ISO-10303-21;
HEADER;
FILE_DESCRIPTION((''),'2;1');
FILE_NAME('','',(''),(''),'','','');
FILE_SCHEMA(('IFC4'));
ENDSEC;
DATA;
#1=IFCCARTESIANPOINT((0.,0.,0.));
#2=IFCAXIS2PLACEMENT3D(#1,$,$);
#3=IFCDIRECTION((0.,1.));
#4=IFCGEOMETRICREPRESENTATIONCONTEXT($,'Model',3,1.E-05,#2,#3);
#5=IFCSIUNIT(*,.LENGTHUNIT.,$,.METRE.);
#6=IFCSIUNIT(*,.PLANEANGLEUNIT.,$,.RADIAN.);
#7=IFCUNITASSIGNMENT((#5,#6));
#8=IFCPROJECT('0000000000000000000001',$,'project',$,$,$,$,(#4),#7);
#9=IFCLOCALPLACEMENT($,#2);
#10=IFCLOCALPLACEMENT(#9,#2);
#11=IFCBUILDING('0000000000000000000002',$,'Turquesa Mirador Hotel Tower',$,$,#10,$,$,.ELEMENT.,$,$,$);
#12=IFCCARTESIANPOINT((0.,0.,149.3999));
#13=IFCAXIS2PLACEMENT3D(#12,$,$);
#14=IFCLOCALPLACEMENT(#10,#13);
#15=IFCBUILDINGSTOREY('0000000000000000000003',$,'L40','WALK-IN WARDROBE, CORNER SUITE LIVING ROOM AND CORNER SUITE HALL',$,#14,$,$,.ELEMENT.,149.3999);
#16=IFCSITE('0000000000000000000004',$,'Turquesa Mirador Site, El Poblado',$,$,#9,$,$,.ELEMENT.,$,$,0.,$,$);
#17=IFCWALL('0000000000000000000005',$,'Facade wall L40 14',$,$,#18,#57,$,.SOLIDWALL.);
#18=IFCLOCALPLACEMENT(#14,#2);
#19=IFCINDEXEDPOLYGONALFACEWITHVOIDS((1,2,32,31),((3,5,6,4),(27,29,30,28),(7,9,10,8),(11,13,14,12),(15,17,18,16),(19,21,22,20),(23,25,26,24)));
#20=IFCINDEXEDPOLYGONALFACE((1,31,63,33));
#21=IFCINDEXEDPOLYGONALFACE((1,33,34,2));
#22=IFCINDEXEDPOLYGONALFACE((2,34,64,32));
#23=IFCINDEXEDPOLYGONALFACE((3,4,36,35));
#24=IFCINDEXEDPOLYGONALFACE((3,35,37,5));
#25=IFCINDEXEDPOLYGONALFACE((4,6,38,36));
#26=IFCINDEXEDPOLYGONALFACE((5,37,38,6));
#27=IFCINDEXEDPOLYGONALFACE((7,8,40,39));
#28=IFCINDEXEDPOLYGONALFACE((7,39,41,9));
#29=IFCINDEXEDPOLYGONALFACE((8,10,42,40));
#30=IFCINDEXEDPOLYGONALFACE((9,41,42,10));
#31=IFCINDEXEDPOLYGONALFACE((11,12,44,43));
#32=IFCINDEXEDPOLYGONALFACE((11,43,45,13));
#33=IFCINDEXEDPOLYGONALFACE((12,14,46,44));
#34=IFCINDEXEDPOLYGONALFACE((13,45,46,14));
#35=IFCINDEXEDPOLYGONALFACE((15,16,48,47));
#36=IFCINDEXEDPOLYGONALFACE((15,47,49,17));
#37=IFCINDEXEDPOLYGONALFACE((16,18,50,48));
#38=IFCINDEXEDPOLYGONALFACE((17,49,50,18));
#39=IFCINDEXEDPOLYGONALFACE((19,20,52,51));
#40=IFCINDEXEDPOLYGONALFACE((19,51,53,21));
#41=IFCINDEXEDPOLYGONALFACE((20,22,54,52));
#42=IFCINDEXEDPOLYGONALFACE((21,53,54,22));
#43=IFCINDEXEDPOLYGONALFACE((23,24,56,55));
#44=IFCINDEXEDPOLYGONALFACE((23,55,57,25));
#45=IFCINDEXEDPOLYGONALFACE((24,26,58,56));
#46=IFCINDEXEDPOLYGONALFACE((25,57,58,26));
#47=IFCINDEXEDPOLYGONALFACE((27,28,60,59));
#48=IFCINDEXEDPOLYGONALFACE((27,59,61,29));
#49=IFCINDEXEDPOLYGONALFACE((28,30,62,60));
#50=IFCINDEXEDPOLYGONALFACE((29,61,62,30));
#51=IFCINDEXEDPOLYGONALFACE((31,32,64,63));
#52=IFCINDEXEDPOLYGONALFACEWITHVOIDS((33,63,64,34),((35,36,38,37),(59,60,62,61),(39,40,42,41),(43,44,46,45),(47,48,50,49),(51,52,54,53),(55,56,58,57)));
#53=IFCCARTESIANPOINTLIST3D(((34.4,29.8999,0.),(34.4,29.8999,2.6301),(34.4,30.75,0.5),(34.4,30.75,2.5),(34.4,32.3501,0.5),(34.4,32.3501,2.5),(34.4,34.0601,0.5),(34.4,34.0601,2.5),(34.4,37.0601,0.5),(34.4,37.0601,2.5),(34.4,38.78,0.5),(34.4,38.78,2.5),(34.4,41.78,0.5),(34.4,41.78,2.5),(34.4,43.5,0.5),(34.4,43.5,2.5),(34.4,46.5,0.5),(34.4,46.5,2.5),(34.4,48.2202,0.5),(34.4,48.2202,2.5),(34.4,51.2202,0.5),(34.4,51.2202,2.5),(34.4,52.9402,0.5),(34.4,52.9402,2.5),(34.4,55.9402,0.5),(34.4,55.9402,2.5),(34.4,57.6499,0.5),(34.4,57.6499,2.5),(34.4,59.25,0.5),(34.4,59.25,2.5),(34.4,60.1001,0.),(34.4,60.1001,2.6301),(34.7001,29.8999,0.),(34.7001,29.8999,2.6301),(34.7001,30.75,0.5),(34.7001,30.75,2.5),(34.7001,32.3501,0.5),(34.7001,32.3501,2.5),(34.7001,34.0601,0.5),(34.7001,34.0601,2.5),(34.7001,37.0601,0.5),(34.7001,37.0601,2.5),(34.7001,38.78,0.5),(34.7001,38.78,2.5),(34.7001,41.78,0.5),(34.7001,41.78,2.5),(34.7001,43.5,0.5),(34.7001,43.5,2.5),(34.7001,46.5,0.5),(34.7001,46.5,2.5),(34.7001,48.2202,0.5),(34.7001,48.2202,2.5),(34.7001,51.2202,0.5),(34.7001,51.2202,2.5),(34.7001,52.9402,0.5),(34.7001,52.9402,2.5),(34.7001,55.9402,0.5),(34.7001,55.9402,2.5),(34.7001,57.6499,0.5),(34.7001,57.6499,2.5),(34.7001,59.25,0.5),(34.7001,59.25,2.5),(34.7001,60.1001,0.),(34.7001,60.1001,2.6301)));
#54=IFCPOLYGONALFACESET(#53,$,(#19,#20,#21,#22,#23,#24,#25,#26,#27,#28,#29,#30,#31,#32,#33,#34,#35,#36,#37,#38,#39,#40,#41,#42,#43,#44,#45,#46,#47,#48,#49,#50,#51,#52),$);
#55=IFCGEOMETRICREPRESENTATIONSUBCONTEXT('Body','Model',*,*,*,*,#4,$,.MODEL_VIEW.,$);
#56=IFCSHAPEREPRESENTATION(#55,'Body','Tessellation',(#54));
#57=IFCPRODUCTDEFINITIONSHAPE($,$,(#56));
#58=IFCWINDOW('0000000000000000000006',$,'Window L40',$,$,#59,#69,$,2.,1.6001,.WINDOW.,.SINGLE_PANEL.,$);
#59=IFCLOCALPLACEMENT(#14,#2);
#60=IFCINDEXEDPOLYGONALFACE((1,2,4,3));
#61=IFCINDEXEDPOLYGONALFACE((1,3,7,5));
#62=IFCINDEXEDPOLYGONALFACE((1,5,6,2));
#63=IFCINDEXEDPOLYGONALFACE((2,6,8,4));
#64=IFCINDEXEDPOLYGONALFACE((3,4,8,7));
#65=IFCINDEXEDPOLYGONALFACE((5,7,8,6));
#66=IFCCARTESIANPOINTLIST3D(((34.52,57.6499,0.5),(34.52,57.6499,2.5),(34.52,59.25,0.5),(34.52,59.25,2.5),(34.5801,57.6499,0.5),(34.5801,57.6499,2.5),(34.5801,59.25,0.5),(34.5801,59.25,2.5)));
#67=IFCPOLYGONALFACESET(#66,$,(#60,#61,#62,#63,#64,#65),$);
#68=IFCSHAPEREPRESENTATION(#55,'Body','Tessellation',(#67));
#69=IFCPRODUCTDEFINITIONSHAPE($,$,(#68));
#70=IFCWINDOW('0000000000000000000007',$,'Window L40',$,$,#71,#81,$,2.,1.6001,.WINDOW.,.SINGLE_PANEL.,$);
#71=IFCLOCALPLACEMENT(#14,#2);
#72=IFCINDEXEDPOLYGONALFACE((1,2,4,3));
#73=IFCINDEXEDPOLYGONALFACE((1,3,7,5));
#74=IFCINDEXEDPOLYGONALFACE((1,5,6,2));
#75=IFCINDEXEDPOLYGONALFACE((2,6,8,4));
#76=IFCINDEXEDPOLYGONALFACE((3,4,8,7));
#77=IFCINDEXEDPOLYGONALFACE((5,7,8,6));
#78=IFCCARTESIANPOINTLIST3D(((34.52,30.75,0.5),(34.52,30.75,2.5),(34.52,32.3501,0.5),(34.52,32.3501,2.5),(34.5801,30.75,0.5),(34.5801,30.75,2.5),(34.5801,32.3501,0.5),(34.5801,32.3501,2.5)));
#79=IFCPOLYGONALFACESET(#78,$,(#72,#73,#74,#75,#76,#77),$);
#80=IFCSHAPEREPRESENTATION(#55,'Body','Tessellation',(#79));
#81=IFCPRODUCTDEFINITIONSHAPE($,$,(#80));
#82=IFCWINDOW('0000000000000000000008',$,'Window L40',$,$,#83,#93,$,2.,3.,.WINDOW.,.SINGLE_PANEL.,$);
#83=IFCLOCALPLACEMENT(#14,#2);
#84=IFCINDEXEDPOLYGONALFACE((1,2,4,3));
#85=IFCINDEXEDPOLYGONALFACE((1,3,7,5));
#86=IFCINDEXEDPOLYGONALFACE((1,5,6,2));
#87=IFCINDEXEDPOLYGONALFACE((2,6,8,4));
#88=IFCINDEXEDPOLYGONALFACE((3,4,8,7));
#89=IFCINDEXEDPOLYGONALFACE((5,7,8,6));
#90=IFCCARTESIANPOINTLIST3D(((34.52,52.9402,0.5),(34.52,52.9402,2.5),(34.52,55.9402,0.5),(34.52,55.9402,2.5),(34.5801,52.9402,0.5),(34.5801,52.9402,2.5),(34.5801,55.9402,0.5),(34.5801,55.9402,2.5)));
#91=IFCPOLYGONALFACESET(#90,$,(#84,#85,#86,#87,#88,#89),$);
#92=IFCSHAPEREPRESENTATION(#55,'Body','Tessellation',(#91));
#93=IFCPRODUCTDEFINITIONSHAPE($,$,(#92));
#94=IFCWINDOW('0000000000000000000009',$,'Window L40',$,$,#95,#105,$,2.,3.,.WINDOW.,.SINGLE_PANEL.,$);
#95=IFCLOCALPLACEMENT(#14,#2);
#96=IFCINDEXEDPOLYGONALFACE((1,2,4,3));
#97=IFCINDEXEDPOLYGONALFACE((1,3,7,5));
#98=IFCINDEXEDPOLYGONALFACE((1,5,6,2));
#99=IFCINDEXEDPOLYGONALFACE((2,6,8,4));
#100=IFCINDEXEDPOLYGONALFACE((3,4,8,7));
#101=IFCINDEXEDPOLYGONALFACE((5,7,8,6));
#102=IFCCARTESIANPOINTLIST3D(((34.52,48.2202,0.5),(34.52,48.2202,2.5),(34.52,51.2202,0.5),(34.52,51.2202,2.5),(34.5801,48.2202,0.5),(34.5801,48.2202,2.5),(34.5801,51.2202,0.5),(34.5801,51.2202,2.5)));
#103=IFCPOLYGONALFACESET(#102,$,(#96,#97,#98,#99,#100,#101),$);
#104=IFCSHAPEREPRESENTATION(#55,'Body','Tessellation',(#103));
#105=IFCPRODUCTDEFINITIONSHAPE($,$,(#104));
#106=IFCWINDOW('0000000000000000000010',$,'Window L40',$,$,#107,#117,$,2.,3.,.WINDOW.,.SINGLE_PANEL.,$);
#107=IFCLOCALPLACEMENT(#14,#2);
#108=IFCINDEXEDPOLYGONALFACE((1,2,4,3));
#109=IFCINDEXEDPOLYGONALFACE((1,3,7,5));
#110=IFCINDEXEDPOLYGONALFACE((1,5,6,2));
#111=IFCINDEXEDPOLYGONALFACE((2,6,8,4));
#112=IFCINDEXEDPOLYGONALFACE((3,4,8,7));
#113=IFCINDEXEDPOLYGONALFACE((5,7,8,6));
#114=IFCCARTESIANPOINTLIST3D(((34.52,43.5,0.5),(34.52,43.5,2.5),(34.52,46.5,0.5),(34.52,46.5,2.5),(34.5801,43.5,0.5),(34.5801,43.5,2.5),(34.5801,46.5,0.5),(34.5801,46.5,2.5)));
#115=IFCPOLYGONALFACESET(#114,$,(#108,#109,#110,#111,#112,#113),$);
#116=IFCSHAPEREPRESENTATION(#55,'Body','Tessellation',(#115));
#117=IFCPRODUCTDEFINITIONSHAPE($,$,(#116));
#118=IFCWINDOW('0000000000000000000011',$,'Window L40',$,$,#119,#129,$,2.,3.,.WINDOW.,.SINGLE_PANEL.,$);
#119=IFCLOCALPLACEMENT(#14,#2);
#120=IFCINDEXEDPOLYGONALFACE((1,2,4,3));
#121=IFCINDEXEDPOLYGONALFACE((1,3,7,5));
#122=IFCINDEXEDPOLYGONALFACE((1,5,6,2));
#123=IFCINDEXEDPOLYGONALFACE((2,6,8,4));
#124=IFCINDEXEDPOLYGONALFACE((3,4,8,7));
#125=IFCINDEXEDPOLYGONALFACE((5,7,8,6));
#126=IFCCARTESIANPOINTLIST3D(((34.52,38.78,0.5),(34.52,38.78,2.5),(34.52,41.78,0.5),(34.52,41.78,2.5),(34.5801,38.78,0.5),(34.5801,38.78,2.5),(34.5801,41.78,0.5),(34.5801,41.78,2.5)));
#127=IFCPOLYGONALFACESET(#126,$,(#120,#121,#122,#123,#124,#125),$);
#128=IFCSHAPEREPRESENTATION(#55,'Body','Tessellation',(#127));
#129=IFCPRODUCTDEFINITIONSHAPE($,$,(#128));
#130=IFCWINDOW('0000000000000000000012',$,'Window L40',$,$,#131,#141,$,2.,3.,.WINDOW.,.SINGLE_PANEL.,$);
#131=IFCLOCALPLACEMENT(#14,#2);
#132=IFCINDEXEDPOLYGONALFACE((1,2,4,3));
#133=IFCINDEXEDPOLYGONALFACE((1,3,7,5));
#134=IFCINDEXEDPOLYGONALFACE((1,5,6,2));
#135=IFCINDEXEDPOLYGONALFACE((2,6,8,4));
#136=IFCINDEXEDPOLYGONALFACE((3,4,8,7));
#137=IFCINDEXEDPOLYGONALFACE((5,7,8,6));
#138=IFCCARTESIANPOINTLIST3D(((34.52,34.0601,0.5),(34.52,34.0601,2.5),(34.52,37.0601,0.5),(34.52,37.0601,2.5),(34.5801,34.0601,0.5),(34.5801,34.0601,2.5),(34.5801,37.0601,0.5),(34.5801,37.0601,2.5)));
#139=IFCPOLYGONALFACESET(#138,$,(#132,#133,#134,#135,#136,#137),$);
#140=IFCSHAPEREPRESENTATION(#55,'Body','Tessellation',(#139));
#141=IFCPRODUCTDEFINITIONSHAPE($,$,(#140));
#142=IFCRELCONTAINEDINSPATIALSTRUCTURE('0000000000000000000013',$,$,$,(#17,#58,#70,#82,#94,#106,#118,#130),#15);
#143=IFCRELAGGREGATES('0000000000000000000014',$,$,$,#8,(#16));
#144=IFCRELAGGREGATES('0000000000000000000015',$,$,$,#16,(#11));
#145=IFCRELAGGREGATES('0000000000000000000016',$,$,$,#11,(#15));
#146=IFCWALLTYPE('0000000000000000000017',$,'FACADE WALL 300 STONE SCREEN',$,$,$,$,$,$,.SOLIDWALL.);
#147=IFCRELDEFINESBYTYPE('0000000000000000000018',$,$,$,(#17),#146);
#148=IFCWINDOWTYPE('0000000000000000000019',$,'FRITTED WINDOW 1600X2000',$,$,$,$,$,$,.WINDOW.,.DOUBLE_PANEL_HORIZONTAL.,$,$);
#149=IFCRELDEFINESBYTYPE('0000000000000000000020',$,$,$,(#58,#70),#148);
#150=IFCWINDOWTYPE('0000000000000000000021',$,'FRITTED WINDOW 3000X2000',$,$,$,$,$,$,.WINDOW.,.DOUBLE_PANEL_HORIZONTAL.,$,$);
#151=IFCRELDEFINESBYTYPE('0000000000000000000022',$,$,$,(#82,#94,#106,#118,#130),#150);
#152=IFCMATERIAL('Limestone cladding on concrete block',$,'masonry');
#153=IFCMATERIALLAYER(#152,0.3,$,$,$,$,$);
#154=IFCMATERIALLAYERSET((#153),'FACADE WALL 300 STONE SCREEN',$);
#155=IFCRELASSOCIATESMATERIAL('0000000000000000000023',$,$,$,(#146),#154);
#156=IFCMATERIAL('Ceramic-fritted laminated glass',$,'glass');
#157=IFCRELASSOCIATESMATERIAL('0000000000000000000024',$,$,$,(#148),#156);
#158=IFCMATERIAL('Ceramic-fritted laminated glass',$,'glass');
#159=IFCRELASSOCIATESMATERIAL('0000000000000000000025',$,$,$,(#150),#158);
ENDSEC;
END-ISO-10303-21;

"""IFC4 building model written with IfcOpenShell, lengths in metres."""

from ifc_helpers import new_model, si_unit, direction, frame, frame_2d, origin, place, context, subcontext, project, spatial, rectangle, extrude, material, layer, layer_set, type_object, element, fill, save


model = new_model("IFC4")

# Units and contexts
model_context = context("Model", 3, precision=1e-05, world=origin(), true_north=direction((0.0, 1.0)))
body_context = subcontext(model_context, "Body", "Model", "MODEL_VIEW")
ifc_project = project(units=[si_unit("LENGTHUNIT", "METRE"), si_unit("PLANEANGLEUNIT", "RADIAN")], contexts=[model_context])

# Site, building, storey
site_placement = place(None, origin())
site = spatial("IfcSite", under=ifc_project, at=site_placement, Name="Turquesa Mirador Site, El Poblado", CompositionType="ELEMENT", RefElevation=0.0)
building_placement = place(site_placement, origin())
building = spatial("IfcBuilding", under=site, at=building_placement, Name="Turquesa Mirador Hotel Tower", CompositionType="ELEMENT")
storey_placement = place(building_placement, frame((0.0, 0.0, 149.3999)))
storey = spatial("IfcBuildingStorey", under=building, at=storey_placement, Name="L40", Description="WALK-IN WARDROBE, CORNER SUITE LIVING ROOM AND CORNER SUITE HALL", CompositionType="ELEMENT", Elevation=149.3999)

# Shared definitions
ifc_material_1 = material(Name="Limestone cladding on concrete block", Category="masonry")
ifc_layer_1 = layer(ifc_material_1, 0.3)
ifc_layer_set_1 = layer_set([ifc_layer_1], Name="FACADE WALL 300 STONE SCREEN")
wall_type_1 = type_object("IfcWallType", Name="FACADE WALL 300 STONE SCREEN", PredefinedType="SOLIDWALL", material=ifc_layer_set_1)

# Wall, openings, windows
wall_1_placement = place(storey_placement, frame((34.55, 60.1001, 0.0), z_axis=(0.0, 0.0, 1.0), x_axis=(0.0, -1.0, 0.0)))
wall_1 = element("IfcWall", 1, at=wall_1_placement, inside=storey, type_object=wall_type_1, Name="Facade wall L40 14", PredefinedType="SOLIDWALL", context=body_context, shape_type="SweptSolid", body=[
    extrude(rectangle(XDim=30.2002, YDim=0.3, at=frame_2d((15.1001, 0.0))), origin(), (0.0, 0.0, 1.0), 2.6301),
])
opening_1_placement = place(wall_1_placement, frame((0.8501, 0.0, 0.5)))
opening_1 = element("IfcOpeningElement", 2, at=opening_1_placement, cuts=wall_1, PredefinedType="OPENING", context=body_context, shape_type="SweptSolid", body=[
    extrude(rectangle(XDim=1.6001, YDim=2.0, at=frame_2d((0.8, 1.0))), frame((0.0, 0.1599, 0.0), z_axis=(0.0, -1.0, 0.0), x_axis=(1.0, 0.0, 0.0)), (0.0, 0.0, 1.0), 0.3201),
])
opening_2_placement = place(wall_1_placement, frame((4.1599, 0.0, 0.5)))
opening_2 = element("IfcOpeningElement", 3, at=opening_2_placement, cuts=wall_1, PredefinedType="OPENING", context=body_context, shape_type="SweptSolid", body=[
    extrude(rectangle(XDim=3.0, YDim=2.0, at=frame_2d((1.5, 1.0))), frame((0.0, 0.1599, 0.0), z_axis=(0.0, -1.0, 0.0), x_axis=(1.0, 0.0, 0.0)), (0.0, 0.0, 1.0), 0.3201),
])
opening_3_placement = place(wall_1_placement, frame((8.8799, 0.0, 0.5)))
opening_3 = element("IfcOpeningElement", 4, at=opening_3_placement, cuts=wall_1, PredefinedType="OPENING", context=body_context, shape_type="SweptSolid", body=[
    extrude(rectangle(XDim=3.0, YDim=2.0, at=frame_2d((1.5, 1.0))), frame((0.0, 0.1599, 0.0), z_axis=(0.0, -1.0, 0.0), x_axis=(1.0, 0.0, 0.0)), (0.0, 0.0, 1.0), 0.3201),
])
opening_4_placement = place(wall_1_placement, frame((13.6001, 0.0, 0.5)))
opening_4 = element("IfcOpeningElement", 5, at=opening_4_placement, cuts=wall_1, PredefinedType="OPENING", context=body_context, shape_type="SweptSolid", body=[
    extrude(rectangle(XDim=3.0, YDim=2.0, at=frame_2d((1.5, 1.0))), frame((0.0, 0.1599, 0.0), z_axis=(0.0, -1.0, 0.0), x_axis=(1.0, 0.0, 0.0)), (0.0, 0.0, 1.0), 0.3201),
])
opening_5_placement = place(wall_1_placement, frame((18.3201, 0.0, 0.5)))
opening_5 = element("IfcOpeningElement", 6, at=opening_5_placement, cuts=wall_1, PredefinedType="OPENING", context=body_context, shape_type="SweptSolid", body=[
    extrude(rectangle(XDim=3.0, YDim=2.0, at=frame_2d((1.5, 1.0))), frame((0.0, 0.1599, 0.0), z_axis=(0.0, -1.0, 0.0), x_axis=(1.0, 0.0, 0.0)), (0.0, 0.0, 1.0), 0.3201),
])
opening_6_placement = place(wall_1_placement, frame((23.04, 0.0, 0.5)))
opening_6 = element("IfcOpeningElement", 7, at=opening_6_placement, cuts=wall_1, PredefinedType="OPENING", context=body_context, shape_type="SweptSolid", body=[
    extrude(rectangle(XDim=3.0, YDim=2.0, at=frame_2d((1.5, 1.0))), frame((0.0, 0.1599, 0.0), z_axis=(0.0, -1.0, 0.0), x_axis=(1.0, 0.0, 0.0)), (0.0, 0.0, 1.0), 0.3201),
])
opening_7_placement = place(wall_1_placement, frame((27.75, 0.0, 0.5)))
opening_7 = element("IfcOpeningElement", 8, at=opening_7_placement, cuts=wall_1, PredefinedType="OPENING", context=body_context, shape_type="SweptSolid", body=[
    extrude(rectangle(XDim=1.6001, YDim=2.0, at=frame_2d((0.8, 1.0))), frame((0.0, 0.1599, 0.0), z_axis=(0.0, -1.0, 0.0), x_axis=(1.0, 0.0, 0.0)), (0.0, 0.0, 1.0), 0.3201),
])
ifc_material_2 = material(Name="Ceramic-fritted laminated glass", Category="glass")
window_type_1 = type_object("IfcWindowType", Name="FRITTED WINDOW 1600X2000", PartitioningType="DOUBLE_PANEL_HORIZONTAL", PredefinedType="WINDOW", material=ifc_material_2)
window_1_placement = place(opening_1_placement, origin())
window_1 = element("IfcWindow", 9, at=window_1_placement, inside=storey, type_object=window_type_1, Name="Window L40", OverallHeight=2.0, OverallWidth=1.6001, PartitioningType="SINGLE_PANEL", PredefinedType="WINDOW", context=body_context, shape_type="SweptSolid", body=[
    extrude(rectangle(XDim=1.6001, YDim=2.0, at=frame_2d((0.8, 1.0))), frame((0.0, 0.03, 0.0), z_axis=(0.0, -1.0, 0.0), x_axis=(1.0, 0.0, 0.0)), (0.0, 0.0, 1.0), 0.0601),
])
fill(opening_1, window_1)
window_2_placement = place(opening_7_placement, origin())
window_2 = element("IfcWindow", 10, at=window_2_placement, inside=storey, type_object=window_type_1, Name="Window L40", OverallHeight=2.0, OverallWidth=1.6001, PartitioningType="SINGLE_PANEL", PredefinedType="WINDOW", context=body_context, shape_type="SweptSolid", body=[
    extrude(rectangle(XDim=1.6001, YDim=2.0, at=frame_2d((0.8, 1.0))), frame((0.0, 0.03, 0.0), z_axis=(0.0, -1.0, 0.0), x_axis=(1.0, 0.0, 0.0)), (0.0, 0.0, 1.0), 0.0601),
])
fill(opening_7, window_2)
ifc_material_3 = material(Name="Ceramic-fritted laminated glass", Category="glass")
window_type_2 = type_object("IfcWindowType", Name="FRITTED WINDOW 3000X2000", PartitioningType="DOUBLE_PANEL_HORIZONTAL", PredefinedType="WINDOW", material=ifc_material_3)
window_3_placement = place(opening_2_placement, origin())
window_3 = element("IfcWindow", 11, at=window_3_placement, inside=storey, type_object=window_type_2, Name="Window L40", OverallHeight=2.0, OverallWidth=3.0, PartitioningType="SINGLE_PANEL", PredefinedType="WINDOW", context=body_context, shape_type="SweptSolid", body=[
    extrude(rectangle(XDim=3.0, YDim=2.0, at=frame_2d((1.5, 1.0))), frame((0.0, 0.03, 0.0), z_axis=(0.0, -1.0, 0.0), x_axis=(1.0, 0.0, 0.0)), (0.0, 0.0, 1.0), 0.0601),
])
fill(opening_2, window_3)
window_4_placement = place(opening_3_placement, origin())
window_4 = element("IfcWindow", 12, at=window_4_placement, inside=storey, type_object=window_type_2, Name="Window L40", OverallHeight=2.0, OverallWidth=3.0, PartitioningType="SINGLE_PANEL", PredefinedType="WINDOW", context=body_context, shape_type="SweptSolid", body=[
    extrude(rectangle(XDim=3.0, YDim=2.0, at=frame_2d((1.5, 1.0))), frame((0.0, 0.03, 0.0), z_axis=(0.0, -1.0, 0.0), x_axis=(1.0, 0.0, 0.0)), (0.0, 0.0, 1.0), 0.0601),
])
fill(opening_3, window_4)
window_5_placement = place(opening_4_placement, origin())
window_5 = element("IfcWindow", 13, at=window_5_placement, inside=storey, type_object=window_type_2, Name="Window L40", OverallHeight=2.0, OverallWidth=3.0, PartitioningType="SINGLE_PANEL", PredefinedType="WINDOW", context=body_context, shape_type="SweptSolid", body=[
    extrude(rectangle(XDim=3.0, YDim=2.0, at=frame_2d((1.5, 1.0))), frame((0.0, 0.03, 0.0), z_axis=(0.0, -1.0, 0.0), x_axis=(1.0, 0.0, 0.0)), (0.0, 0.0, 1.0), 0.0601),
])
fill(opening_4, window_5)
window_6_placement = place(opening_5_placement, origin())
window_6 = element("IfcWindow", 14, at=window_6_placement, inside=storey, type_object=window_type_2, Name="Window L40", OverallHeight=2.0, OverallWidth=3.0, PartitioningType="SINGLE_PANEL", PredefinedType="WINDOW", context=body_context, shape_type="SweptSolid", body=[
    extrude(rectangle(XDim=3.0, YDim=2.0, at=frame_2d((1.5, 1.0))), frame((0.0, 0.03, 0.0), z_axis=(0.0, -1.0, 0.0), x_axis=(1.0, 0.0, 0.0)), (0.0, 0.0, 1.0), 0.0601),
])
fill(opening_5, window_6)
window_7_placement = place(opening_6_placement, origin())
window_7 = element("IfcWindow", 15, at=window_7_placement, inside=storey, type_object=window_type_2, Name="Window L40", OverallHeight=2.0, OverallWidth=3.0, PartitioningType="SINGLE_PANEL", PredefinedType="WINDOW", context=body_context, shape_type="SweptSolid", body=[
    extrude(rectangle(XDim=3.0, YDim=2.0, at=frame_2d((1.5, 1.0))), frame((0.0, 0.03, 0.0), z_axis=(0.0, -1.0, 0.0), x_axis=(1.0, 0.0, 0.0)), (0.0, 0.0, 1.0), 0.0601),
])
fill(opening_6, window_7)

save(model, "model.ifc")
